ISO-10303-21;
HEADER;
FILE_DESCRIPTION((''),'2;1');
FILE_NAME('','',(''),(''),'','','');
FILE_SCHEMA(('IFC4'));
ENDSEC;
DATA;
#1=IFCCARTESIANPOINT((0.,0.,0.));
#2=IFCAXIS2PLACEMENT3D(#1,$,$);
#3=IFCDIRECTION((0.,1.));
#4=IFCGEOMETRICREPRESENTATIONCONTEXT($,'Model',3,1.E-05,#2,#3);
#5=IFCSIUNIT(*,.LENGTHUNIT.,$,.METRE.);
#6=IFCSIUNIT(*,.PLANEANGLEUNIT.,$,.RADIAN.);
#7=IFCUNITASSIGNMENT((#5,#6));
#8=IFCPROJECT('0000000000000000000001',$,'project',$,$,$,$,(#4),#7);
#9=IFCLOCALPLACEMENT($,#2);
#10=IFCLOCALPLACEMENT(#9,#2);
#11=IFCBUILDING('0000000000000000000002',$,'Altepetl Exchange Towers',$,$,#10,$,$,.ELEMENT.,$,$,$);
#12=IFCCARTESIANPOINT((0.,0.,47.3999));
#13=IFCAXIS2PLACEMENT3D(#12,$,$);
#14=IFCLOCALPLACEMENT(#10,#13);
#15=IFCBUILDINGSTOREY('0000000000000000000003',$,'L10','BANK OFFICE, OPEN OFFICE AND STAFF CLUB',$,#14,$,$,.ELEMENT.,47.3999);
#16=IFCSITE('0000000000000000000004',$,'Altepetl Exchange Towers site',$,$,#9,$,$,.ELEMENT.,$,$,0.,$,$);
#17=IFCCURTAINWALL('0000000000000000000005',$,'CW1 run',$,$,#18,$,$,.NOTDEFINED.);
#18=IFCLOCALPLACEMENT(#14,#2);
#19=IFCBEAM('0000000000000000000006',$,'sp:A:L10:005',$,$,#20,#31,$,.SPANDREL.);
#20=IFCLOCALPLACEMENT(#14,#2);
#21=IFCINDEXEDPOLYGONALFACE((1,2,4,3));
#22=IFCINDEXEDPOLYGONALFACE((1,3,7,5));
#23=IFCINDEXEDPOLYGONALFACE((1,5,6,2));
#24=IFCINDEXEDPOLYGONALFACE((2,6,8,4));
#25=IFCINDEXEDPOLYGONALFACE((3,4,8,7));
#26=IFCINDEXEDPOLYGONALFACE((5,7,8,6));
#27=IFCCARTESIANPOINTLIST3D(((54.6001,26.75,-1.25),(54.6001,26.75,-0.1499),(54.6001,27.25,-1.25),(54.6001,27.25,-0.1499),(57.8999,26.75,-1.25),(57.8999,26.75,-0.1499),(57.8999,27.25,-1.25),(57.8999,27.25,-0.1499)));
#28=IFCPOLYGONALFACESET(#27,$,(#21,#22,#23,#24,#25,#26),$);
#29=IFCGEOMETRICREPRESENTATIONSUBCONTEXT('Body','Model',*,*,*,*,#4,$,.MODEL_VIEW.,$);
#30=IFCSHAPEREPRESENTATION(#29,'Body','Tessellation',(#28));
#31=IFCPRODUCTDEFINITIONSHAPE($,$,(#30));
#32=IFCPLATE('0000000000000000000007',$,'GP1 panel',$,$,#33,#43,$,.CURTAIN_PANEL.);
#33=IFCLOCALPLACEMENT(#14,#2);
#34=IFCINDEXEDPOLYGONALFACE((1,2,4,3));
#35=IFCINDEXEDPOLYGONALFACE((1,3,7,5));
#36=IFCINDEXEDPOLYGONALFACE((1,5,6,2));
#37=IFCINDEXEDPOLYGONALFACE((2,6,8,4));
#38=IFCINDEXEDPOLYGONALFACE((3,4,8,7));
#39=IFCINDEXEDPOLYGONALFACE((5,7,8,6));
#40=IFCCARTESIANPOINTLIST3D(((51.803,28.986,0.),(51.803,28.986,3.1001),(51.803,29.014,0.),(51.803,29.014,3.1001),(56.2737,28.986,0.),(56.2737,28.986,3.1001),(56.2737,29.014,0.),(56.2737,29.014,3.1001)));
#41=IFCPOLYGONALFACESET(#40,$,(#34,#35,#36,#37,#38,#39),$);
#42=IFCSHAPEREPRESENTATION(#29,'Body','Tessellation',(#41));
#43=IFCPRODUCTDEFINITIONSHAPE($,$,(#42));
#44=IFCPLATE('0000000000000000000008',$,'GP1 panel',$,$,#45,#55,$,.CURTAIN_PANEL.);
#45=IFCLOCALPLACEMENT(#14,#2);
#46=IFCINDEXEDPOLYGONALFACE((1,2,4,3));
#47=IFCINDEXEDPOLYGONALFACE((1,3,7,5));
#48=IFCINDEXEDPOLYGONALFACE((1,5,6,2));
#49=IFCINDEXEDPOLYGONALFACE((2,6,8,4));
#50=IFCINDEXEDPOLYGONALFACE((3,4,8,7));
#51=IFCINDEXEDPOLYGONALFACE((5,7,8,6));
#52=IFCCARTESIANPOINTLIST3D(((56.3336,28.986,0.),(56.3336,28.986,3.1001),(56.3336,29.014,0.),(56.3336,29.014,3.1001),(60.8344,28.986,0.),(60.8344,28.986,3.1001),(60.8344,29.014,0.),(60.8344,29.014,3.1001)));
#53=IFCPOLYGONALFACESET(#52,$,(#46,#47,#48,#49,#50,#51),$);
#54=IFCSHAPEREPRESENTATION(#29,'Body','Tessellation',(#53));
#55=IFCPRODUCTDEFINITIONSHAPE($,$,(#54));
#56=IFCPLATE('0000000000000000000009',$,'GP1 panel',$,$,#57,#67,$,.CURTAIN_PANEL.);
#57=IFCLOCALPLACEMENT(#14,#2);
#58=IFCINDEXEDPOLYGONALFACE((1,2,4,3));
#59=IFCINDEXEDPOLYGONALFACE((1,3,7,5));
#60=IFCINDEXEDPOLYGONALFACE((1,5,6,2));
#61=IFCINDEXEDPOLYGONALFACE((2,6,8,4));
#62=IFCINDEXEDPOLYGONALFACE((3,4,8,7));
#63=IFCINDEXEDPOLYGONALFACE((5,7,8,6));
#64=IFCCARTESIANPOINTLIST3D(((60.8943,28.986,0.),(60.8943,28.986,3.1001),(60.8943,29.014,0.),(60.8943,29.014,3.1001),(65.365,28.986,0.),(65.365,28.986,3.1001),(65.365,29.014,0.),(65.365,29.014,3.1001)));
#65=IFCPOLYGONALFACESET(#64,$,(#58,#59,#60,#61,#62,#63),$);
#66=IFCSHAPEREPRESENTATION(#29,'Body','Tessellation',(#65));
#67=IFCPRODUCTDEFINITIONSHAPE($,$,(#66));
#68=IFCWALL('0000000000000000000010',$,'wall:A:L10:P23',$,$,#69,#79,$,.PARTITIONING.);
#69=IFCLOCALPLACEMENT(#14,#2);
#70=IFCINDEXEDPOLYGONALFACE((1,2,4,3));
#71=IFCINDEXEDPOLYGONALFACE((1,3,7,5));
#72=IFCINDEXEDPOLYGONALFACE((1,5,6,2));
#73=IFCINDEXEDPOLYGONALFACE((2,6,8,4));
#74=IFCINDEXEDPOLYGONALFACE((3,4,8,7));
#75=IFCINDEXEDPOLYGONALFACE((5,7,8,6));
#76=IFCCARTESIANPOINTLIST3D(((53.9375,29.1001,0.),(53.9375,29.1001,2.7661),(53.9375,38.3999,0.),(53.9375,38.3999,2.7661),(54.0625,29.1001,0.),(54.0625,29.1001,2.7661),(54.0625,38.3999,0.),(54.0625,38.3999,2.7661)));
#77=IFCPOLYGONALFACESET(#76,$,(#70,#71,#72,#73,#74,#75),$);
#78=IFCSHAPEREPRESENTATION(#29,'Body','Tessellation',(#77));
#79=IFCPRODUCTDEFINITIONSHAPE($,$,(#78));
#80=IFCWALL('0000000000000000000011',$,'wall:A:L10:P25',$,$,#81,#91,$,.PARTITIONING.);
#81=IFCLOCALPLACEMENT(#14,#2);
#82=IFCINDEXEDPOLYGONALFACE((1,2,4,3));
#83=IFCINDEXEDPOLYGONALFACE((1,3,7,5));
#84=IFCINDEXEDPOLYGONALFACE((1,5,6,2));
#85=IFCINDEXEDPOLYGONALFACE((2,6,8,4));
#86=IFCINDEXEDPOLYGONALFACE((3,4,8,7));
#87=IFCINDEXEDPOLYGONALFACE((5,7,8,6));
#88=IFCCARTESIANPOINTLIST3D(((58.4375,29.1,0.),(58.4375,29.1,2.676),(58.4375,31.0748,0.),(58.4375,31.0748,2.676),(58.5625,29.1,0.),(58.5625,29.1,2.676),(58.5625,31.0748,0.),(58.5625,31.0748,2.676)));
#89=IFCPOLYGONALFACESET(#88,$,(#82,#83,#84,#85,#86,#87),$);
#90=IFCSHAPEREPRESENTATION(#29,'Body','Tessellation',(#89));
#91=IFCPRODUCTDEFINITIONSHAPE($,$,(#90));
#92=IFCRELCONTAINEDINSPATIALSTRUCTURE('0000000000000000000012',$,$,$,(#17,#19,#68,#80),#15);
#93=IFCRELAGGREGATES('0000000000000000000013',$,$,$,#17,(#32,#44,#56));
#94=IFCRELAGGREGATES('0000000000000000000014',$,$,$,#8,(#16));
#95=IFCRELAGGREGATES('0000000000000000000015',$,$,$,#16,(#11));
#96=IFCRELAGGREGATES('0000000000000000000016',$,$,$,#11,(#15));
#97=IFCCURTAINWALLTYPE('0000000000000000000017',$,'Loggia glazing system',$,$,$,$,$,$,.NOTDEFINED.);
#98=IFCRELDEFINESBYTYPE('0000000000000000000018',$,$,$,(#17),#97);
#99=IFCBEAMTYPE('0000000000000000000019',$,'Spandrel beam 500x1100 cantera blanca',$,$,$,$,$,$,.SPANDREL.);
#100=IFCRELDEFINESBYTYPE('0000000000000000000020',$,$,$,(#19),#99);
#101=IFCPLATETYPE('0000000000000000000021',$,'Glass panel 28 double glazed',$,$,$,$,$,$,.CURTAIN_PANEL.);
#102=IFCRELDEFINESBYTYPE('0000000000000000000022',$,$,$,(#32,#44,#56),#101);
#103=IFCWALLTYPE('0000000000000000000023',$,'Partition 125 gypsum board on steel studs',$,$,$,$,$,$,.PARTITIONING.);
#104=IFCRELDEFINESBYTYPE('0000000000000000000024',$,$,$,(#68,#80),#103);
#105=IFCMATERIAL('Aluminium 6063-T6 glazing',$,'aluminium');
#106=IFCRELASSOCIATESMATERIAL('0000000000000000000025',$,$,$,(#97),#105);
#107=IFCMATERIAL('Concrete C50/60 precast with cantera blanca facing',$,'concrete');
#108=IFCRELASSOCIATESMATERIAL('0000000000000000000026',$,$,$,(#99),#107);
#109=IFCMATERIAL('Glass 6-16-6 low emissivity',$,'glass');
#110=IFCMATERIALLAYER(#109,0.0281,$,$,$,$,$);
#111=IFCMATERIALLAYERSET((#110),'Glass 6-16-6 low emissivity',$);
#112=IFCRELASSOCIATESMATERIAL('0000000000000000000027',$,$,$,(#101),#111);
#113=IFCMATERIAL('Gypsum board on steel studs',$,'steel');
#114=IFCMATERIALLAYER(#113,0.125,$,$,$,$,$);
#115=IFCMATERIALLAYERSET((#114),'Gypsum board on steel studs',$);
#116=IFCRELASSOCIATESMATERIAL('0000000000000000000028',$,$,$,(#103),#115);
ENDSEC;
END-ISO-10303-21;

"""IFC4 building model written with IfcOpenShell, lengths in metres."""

from ifc_helpers import new_model, si_unit, direction, frame, frame_2d, origin, origin_2d, place, context, subcontext, project, spatial, rectangle, extrude, material, layer, layer_set, material_profile, profile_set, type_object, element, aggregate, save


model = new_model("IFC4")

# Units and contexts
model_context = context("Model", 3, precision=1e-05, world=origin(), true_north=direction((0.0, 1.0)))
body_context = subcontext(model_context, "Body", "Model", "MODEL_VIEW")
ifc_project = project(units=[si_unit("LENGTHUNIT", "METRE"), si_unit("PLANEANGLEUNIT", "RADIAN")], contexts=[model_context])

# Site, building, storey
site_placement = place(None, origin())
site = spatial("IfcSite", under=ifc_project, at=site_placement, Name="Altepetl Exchange Towers site", CompositionType="ELEMENT", RefElevation=0.0)
building_placement = place(site_placement, origin())
building = spatial("IfcBuilding", under=site, at=building_placement, Name="Altepetl Exchange Towers", CompositionType="ELEMENT")
storey_placement = place(building_placement, frame((0.0, 0.0, 47.3999)))
storey = spatial("IfcBuildingStorey", under=building, at=storey_placement, Name="L10", Description="BANK OFFICE, OPEN OFFICE AND STAFF CLUB", CompositionType="ELEMENT", Elevation=47.3999)

# Curtain wall
ifc_material_1 = material(Name="Aluminium 6063-T6 glazing", Category="aluminium")
curtain_wall_type = type_object("IfcCurtainWallType", Name="Loggia glazing system", PredefinedType="NOTDEFINED", material=ifc_material_1)
curtain_wall_1_placement = place(storey_placement, origin())
curtain_wall_1 = element("IfcCurtainWall", 1, at=curtain_wall_1_placement, inside=storey, type_object=curtain_wall_type, Name="CW1 run", PredefinedType="NOTDEFINED")

# Beam
ifc_material_2 = material(Name="Concrete C50/60 precast with cantera blanca facing", Category="concrete")
ifc_material_profile_1 = material_profile(ifc_material_2, rectangle(XDim=0.5, YDim=1.1001, at=origin_2d()), Name="500 x 1100")
ifc_profile_set_1 = profile_set([ifc_material_profile_1], Name="Concrete C50/60 precast with cantera blanca facing")
beam_type_1 = type_object("IfcBeamType", Name="Spandrel beam 500x1100 cantera blanca", PredefinedType="SPANDREL", material=ifc_profile_set_1)
beam_1_placement = place(storey_placement, frame((54.6001, 27.0, -0.7), z_axis=(1.0, 0.0, 0.0), x_axis=(0.0, 1.0, 0.0)))
element("IfcBeam", 2, at=beam_1_placement, inside=storey, type_object=beam_type_1, Name="sp:A:L10:005", PredefinedType="SPANDREL", context=body_context, shape_type="SweptSolid", body=[
    extrude(rectangle(XDim=0.5, YDim=1.1001, at=origin_2d()), origin(), (0.0, 0.0, 1.0), 3.2998),
])

# Plates
ifc_material_3 = material(Name="Glass 6-16-6 low emissivity", Category="glass")
ifc_layer_1 = layer(ifc_material_3, 0.0281)
ifc_layer_set_1 = layer_set([ifc_layer_1], Name="Glass 6-16-6 low emissivity")
plate_type = type_object("IfcPlateType", Name="Glass panel 28 double glazed", PredefinedType="CURTAIN_PANEL", material=ifc_layer_set_1)
plate_1_placement = place(storey_placement, frame((54.0383, 29.0, 0.0)))
plate_1 = element("IfcPlate", 3, at=plate_1_placement, type_object=plate_type, Name="GP1 panel", PredefinedType="CURTAIN_PANEL", context=body_context, shape_type="SweptSolid", body=[
    extrude(rectangle(XDim=4.4707, YDim=0.0281, at=origin_2d()), origin(), (0.0, 0.0, 1.0), 3.1001),
])
plate_2_placement = place(storey_placement, frame((58.584, 29.0, 0.0)))
plate_2 = element("IfcPlate", 4, at=plate_2_placement, type_object=plate_type, Name="GP1 panel", PredefinedType="CURTAIN_PANEL", context=body_context, shape_type="SweptSolid", body=[
    extrude(rectangle(XDim=4.5007, YDim=0.0281, at=origin_2d()), origin(), (0.0, 0.0, 1.0), 3.1001),
])
plate_3_placement = place(storey_placement, frame((63.1296, 29.0, 0.0)))
plate_3 = element("IfcPlate", 5, at=plate_3_placement, type_object=plate_type, Name="GP1 panel", PredefinedType="CURTAIN_PANEL", context=body_context, shape_type="SweptSolid", body=[
    extrude(rectangle(XDim=4.4707, YDim=0.0281, at=origin_2d()), origin(), (0.0, 0.0, 1.0), 3.1001),
])
aggregate(curtain_wall_1, [plate_1, plate_2, plate_3])

# Walls
ifc_material_4 = material(Name="Gypsum board on steel studs", Category="steel")
ifc_layer_2 = layer(ifc_material_4, 0.125)
ifc_layer_set_2 = layer_set([ifc_layer_2], Name="Gypsum board on steel studs")
wall_type = type_object("IfcWallType", Name="Partition 125 gypsum board on steel studs", PredefinedType="PARTITIONING", material=ifc_layer_set_2)
wall_1_placement = place(storey_placement, frame((54.0, 29.1001, 0.0), z_axis=(0.0, 0.0, 1.0), x_axis=(0.0, 1.0, 0.0)))
element("IfcWall", 6, at=wall_1_placement, inside=storey, type_object=wall_type, Name="wall:A:L10:P23", PredefinedType="PARTITIONING", context=body_context, shape_type="SweptSolid", body=[
    extrude(rectangle(XDim=9.2998, YDim=0.125, at=frame_2d((4.6499, 0.0))), origin(), (0.0, 0.0, 1.0), 2.7661),
])
wall_2_placement = place(storey_placement, frame((58.5, 29.1001, 0.0), z_axis=(0.0, 0.0, 1.0), x_axis=(0.0, 1.0, 0.0)))
element("IfcWall", 7, at=wall_2_placement, inside=storey, type_object=wall_type, Name="wall:A:L10:P25", PredefinedType="PARTITIONING", context=body_context, shape_type="SweptSolid", body=[
    extrude(rectangle(XDim=1.9749, YDim=0.125, at=frame_2d((0.9873, 0.0))), origin(), (0.0, 0.0, 1.0), 2.676),
])

save(model, "model.ifc")
